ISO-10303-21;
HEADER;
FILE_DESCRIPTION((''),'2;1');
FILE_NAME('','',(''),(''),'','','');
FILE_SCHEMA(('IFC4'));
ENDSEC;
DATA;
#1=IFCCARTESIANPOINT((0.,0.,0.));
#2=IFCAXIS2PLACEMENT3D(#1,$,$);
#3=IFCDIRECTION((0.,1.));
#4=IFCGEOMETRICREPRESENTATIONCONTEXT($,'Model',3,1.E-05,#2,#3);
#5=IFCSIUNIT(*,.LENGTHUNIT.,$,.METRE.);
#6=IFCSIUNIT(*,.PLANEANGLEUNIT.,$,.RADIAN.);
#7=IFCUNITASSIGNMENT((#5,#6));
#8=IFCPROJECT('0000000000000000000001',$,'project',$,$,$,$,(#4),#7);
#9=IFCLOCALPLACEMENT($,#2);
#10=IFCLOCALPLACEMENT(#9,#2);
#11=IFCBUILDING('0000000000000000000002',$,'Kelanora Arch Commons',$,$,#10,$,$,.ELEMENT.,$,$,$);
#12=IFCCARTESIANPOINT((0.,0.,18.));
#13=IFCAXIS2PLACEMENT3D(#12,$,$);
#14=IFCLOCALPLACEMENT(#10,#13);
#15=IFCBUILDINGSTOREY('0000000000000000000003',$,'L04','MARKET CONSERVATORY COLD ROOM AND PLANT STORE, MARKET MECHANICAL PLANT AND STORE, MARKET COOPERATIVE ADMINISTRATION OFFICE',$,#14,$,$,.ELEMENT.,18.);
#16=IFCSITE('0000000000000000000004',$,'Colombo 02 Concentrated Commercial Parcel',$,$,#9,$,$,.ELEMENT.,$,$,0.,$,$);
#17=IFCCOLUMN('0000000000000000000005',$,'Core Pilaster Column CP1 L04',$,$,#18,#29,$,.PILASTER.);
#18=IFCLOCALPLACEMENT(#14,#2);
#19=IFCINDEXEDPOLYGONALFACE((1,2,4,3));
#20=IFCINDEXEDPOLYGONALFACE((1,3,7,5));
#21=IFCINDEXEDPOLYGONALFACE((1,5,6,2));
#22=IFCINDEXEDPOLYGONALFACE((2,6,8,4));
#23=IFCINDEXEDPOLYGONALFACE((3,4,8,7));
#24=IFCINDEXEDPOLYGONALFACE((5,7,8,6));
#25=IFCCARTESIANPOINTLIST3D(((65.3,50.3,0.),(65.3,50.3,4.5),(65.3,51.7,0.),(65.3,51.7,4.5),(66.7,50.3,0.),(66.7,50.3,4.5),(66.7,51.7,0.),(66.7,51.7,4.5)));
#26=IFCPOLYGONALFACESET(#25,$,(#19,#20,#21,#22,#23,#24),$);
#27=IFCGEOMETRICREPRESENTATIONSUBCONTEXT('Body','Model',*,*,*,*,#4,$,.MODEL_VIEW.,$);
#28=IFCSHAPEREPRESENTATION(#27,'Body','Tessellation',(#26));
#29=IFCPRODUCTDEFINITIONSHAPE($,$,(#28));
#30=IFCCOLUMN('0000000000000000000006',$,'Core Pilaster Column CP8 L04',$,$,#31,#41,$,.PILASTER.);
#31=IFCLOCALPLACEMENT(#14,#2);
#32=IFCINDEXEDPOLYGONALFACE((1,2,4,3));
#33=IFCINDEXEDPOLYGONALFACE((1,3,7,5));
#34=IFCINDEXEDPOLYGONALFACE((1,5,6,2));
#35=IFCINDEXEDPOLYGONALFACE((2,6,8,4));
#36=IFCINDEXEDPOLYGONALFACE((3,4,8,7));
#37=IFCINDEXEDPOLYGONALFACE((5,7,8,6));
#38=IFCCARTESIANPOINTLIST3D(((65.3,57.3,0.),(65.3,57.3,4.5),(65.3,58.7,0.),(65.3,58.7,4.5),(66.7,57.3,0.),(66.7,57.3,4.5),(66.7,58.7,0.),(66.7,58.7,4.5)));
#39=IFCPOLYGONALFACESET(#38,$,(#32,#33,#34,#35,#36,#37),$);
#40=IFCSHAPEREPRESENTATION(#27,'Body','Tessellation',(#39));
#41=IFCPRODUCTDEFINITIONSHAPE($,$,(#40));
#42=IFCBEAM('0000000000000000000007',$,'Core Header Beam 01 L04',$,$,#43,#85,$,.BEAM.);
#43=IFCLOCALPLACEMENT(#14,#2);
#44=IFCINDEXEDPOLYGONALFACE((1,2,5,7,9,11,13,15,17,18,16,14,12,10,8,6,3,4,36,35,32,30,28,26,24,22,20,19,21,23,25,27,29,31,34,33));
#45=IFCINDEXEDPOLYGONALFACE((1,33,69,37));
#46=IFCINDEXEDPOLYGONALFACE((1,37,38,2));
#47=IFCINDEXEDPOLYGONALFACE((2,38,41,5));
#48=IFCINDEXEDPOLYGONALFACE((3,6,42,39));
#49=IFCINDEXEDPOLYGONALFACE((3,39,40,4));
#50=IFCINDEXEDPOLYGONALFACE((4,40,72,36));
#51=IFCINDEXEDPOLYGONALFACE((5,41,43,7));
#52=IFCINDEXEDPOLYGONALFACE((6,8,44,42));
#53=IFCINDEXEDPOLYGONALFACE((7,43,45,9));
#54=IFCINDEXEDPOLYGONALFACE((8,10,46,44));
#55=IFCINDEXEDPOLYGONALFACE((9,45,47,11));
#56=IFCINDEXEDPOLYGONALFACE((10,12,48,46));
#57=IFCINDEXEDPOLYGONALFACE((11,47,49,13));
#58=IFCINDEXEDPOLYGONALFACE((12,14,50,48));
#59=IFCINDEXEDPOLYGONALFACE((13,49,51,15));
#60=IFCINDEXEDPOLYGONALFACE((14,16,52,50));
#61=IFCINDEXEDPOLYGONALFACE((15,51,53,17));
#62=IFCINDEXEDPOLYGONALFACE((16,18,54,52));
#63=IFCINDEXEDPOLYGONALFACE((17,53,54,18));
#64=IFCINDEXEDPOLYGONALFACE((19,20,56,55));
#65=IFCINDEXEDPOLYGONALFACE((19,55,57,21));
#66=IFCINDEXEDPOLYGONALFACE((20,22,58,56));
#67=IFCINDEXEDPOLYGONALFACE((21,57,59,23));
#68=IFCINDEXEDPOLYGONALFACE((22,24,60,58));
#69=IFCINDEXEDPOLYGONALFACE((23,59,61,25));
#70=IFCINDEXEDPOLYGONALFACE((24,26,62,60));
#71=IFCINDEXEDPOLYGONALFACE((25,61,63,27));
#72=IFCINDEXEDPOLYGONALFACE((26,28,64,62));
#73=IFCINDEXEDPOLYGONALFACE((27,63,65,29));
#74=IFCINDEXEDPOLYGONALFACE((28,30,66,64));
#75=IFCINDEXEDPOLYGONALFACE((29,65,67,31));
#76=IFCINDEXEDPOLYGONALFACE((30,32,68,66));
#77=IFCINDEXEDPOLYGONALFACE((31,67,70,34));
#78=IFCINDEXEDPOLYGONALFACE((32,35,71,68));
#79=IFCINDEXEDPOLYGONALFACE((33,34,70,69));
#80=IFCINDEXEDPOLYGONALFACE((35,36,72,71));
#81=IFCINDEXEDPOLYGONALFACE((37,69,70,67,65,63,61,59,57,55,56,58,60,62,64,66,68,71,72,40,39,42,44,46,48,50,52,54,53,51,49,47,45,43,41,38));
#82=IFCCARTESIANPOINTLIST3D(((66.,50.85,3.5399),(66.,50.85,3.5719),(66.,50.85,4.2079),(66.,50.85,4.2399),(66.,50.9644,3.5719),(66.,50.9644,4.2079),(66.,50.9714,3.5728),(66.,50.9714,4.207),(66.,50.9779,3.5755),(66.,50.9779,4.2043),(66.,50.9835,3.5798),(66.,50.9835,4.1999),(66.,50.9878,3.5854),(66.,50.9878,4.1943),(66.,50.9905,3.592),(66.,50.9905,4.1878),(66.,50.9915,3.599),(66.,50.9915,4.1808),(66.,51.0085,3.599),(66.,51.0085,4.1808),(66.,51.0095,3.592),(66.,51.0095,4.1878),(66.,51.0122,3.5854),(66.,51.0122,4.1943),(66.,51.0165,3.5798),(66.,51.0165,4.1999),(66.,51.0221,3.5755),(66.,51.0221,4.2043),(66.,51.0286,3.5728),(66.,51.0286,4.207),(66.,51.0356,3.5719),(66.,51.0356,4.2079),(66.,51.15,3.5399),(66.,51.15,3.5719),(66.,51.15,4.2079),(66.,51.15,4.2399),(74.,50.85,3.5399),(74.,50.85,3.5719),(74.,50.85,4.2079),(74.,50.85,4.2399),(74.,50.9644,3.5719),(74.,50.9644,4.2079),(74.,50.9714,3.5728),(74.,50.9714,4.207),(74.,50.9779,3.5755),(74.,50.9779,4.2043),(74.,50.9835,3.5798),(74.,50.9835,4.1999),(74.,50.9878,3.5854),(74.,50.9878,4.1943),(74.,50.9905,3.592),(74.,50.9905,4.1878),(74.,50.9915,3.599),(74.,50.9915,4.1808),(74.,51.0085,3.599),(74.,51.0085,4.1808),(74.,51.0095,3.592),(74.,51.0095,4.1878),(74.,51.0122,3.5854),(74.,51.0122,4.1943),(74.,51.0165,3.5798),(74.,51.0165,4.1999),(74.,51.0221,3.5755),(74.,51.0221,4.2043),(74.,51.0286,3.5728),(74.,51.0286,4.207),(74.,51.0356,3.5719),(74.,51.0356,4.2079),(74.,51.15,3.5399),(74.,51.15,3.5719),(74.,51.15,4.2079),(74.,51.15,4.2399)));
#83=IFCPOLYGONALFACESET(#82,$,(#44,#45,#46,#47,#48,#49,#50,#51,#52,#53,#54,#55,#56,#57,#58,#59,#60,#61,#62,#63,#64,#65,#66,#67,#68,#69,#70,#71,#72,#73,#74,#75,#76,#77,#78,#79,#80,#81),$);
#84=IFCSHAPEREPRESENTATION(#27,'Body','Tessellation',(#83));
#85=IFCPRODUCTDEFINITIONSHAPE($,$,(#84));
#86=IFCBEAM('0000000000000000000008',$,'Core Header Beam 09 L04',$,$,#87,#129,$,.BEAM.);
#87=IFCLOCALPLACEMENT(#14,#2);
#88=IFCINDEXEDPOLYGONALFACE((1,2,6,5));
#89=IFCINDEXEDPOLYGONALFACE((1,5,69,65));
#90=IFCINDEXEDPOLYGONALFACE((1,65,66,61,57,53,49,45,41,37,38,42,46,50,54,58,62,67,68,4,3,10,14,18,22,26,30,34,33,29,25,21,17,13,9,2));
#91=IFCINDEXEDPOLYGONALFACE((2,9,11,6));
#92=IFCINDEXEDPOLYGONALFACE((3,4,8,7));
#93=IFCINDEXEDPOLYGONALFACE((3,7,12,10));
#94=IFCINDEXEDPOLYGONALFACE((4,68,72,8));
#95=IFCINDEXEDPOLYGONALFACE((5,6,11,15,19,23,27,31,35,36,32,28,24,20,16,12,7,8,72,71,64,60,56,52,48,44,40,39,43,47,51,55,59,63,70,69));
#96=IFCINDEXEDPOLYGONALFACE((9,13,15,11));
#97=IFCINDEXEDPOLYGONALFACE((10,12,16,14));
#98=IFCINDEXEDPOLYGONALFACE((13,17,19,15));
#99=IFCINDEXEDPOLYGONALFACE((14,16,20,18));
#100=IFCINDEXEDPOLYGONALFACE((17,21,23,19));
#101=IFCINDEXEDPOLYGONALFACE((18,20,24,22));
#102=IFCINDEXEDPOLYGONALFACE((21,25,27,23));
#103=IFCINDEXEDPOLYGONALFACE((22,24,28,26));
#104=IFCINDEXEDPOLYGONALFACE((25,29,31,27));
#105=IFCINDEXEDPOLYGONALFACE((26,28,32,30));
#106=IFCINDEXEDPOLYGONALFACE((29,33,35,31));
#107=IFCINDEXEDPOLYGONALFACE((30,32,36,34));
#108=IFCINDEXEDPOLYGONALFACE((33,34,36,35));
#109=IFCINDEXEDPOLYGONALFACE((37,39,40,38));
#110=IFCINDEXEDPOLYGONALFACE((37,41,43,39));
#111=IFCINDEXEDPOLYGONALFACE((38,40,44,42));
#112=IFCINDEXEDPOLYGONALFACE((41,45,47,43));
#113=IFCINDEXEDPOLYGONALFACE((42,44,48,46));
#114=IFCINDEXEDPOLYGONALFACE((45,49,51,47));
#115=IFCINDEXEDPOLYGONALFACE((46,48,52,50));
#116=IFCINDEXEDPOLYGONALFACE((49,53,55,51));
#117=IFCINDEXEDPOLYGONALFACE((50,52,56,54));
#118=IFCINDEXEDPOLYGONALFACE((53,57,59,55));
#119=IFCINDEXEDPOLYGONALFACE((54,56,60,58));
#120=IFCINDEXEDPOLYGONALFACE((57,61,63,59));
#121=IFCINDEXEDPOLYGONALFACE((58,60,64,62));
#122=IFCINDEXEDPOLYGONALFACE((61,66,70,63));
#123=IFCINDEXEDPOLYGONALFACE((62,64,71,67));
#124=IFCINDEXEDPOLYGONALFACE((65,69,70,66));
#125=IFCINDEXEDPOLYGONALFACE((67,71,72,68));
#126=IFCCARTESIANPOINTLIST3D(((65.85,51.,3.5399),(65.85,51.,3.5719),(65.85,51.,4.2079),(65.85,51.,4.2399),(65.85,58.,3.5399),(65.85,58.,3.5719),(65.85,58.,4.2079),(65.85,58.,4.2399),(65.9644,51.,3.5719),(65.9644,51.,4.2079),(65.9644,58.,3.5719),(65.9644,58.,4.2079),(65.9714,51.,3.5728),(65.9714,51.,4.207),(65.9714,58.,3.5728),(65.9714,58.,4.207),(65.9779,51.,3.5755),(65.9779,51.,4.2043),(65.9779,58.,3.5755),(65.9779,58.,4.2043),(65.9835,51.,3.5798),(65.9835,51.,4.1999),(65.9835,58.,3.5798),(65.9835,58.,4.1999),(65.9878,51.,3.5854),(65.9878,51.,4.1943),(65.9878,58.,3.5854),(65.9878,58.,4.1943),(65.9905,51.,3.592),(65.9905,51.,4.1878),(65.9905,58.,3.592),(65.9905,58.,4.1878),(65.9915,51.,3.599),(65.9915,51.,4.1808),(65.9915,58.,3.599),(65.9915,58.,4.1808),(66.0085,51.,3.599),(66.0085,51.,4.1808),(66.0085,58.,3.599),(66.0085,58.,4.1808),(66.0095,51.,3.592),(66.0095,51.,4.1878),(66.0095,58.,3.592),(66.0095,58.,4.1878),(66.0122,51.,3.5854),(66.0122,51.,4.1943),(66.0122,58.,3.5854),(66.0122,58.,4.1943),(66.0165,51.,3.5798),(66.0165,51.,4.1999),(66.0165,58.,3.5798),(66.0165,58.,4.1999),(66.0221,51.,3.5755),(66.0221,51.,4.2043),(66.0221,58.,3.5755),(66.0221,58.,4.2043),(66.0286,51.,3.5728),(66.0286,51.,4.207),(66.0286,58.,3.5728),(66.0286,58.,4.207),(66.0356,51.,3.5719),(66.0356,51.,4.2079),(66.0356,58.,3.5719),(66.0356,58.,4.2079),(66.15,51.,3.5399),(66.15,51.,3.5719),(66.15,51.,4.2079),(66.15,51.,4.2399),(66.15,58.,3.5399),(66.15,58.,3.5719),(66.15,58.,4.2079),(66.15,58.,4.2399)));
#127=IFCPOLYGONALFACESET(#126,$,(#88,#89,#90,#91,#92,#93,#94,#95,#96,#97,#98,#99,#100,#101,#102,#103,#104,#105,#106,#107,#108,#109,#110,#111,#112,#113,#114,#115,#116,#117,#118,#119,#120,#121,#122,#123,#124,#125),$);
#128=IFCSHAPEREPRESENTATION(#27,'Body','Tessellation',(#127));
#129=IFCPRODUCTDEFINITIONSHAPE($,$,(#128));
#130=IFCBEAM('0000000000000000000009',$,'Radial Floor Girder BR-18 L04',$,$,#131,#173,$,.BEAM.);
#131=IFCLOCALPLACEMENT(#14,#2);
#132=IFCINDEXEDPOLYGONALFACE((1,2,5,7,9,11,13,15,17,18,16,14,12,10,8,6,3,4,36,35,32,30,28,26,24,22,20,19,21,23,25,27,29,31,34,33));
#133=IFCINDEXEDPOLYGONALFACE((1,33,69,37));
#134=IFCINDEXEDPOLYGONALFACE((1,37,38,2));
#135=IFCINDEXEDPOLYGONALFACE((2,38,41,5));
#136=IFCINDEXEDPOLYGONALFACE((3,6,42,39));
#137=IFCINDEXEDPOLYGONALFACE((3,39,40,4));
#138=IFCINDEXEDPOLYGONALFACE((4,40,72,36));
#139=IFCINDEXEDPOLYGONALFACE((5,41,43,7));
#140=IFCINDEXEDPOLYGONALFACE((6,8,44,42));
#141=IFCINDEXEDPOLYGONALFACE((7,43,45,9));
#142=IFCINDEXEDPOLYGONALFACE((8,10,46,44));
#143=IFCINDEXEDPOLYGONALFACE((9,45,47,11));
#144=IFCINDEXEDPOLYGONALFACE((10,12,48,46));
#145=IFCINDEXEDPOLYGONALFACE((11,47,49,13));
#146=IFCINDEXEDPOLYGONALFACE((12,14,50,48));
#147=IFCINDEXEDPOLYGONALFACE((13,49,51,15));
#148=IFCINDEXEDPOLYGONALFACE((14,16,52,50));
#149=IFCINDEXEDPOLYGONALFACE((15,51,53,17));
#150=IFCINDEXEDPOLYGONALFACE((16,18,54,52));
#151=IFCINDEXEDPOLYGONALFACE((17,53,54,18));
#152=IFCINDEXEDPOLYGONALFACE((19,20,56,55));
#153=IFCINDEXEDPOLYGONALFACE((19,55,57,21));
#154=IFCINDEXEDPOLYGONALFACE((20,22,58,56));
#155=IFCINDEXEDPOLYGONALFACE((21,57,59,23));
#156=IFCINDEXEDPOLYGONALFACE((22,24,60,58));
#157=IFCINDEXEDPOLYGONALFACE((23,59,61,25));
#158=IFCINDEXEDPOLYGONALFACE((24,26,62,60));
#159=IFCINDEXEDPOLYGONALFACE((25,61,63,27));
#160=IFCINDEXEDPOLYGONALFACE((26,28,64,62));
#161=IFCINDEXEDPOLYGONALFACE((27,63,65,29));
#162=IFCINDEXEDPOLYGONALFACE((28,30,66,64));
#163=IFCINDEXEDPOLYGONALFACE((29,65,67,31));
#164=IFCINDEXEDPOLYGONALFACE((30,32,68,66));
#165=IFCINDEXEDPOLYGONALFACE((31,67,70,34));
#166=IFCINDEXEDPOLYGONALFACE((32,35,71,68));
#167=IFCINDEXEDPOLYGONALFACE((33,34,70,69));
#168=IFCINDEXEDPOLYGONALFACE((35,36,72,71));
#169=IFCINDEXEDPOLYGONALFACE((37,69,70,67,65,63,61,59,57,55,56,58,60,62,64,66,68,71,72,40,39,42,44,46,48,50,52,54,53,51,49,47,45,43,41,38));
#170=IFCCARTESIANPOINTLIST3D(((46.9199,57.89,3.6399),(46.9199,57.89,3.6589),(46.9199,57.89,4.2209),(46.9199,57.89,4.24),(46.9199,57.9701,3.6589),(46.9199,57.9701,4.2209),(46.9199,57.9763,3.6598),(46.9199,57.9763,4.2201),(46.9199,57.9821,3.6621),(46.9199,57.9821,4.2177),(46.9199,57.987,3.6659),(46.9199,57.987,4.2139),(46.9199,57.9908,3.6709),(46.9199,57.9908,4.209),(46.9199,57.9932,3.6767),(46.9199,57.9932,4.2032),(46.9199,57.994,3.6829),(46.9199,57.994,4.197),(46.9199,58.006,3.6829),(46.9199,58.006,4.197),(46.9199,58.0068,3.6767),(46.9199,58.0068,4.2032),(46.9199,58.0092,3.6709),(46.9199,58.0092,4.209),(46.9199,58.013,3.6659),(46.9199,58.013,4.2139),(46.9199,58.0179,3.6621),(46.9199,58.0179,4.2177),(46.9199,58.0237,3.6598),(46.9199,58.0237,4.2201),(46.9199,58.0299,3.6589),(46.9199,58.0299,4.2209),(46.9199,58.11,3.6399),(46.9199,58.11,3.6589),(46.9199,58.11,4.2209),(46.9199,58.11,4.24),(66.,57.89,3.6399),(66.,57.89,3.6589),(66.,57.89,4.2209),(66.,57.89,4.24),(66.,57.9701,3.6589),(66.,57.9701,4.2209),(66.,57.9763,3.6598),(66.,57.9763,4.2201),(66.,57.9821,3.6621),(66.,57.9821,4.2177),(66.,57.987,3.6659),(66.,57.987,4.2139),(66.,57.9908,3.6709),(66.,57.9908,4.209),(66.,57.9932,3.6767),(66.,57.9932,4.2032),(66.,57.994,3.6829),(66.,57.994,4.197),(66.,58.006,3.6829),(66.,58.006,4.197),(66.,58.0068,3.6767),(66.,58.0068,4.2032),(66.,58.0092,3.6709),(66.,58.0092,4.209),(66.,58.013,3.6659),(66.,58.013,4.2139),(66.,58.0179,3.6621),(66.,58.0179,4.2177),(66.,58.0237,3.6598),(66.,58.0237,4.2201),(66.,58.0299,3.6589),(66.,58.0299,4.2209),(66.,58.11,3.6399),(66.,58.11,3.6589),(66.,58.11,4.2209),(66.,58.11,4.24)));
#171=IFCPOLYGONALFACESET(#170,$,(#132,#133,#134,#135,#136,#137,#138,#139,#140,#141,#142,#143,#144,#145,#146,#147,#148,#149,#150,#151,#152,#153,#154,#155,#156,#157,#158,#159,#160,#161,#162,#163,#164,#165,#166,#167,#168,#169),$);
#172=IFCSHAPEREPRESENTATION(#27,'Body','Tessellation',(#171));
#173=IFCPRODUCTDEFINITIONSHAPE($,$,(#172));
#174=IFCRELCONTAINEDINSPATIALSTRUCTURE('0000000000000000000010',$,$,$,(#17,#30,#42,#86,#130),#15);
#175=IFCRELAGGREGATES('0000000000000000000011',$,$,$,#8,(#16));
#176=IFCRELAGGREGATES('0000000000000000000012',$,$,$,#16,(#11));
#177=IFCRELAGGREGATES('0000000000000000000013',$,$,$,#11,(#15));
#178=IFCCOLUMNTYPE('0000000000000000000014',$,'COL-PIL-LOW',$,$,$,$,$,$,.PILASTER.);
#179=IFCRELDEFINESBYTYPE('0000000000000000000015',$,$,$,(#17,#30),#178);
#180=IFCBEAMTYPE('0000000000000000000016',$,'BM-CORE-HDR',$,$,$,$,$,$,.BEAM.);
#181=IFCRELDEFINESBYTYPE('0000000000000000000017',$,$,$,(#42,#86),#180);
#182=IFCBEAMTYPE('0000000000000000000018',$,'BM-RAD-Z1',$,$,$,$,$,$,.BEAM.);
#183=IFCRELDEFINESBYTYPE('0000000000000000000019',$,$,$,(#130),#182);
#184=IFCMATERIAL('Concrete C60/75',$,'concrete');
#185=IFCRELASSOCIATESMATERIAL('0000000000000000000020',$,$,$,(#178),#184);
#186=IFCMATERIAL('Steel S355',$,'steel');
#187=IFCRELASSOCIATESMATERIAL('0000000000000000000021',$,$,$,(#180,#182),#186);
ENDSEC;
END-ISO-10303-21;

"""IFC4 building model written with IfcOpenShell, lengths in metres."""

from ifc_helpers import new_model, si_unit, direction, frame, origin, origin_2d, place, context, subcontext, project, spatial, rectangle, i_section, extrude, material, material_profile, profile_set, type_object, element, save


model = new_model("IFC4")

# Units and contexts
model_context = context("Model", 3, precision=1e-05, world=origin(), true_north=direction((0.0, 1.0)))
body_context = subcontext(model_context, "Body", "Model", "MODEL_VIEW")
ifc_project = project(units=[si_unit("LENGTHUNIT", "METRE"), si_unit("PLANEANGLEUNIT", "RADIAN")], contexts=[model_context])

# Site, building, storey
site_placement = place(None, origin())
site = spatial("IfcSite", under=ifc_project, at=site_placement, Name="Colombo 02 Concentrated Commercial Parcel", CompositionType="ELEMENT", RefElevation=0.0)
building_placement = place(site_placement, origin())
building = spatial("IfcBuilding", under=site, at=building_placement, Name="Kelanora Arch Commons", CompositionType="ELEMENT")
storey_placement = place(building_placement, frame((0.0, 0.0, 18.0)))
storey = spatial("IfcBuildingStorey", under=building, at=storey_placement, Name="L04", Description="MARKET CONSERVATORY COLD ROOM AND PLANT STORE, MARKET MECHANICAL PLANT AND STORE, MARKET COOPERATIVE ADMINISTRATION OFFICE", CompositionType="ELEMENT", Elevation=18.0)

# Columns
ifc_material_1 = material(Name="Concrete C60/75", Category="concrete")
ifc_material_profile_1 = material_profile(ifc_material_1, rectangle(XDim=1.3999, YDim=1.3999, at=origin_2d()), Name="RC1400x1400")
ifc_profile_set_1 = profile_set([ifc_material_profile_1], Name="Concrete C60/75")
column_type = type_object("IfcColumnType", Name="COL-PIL-LOW", PredefinedType="PILASTER", material=ifc_profile_set_1)
for number, where, z_axis, x_axis, name in (
    (1, (66.0, 51.0, 0.0), (0.0, 0.0, 1.0), (1.0, 0.0, 0.0), "Core Pilaster Column CP1 L04"),
    (2, (66.0, 58.0, 0.0), (0.0, 0.0, 1.0), (1.0, 0.0, 0.0), "Core Pilaster Column CP8 L04"),
):
    element("IfcColumn", number, at=place(storey_placement, frame(where, z_axis=z_axis, x_axis=x_axis)), inside=storey, type_object=column_type, Name=name, PredefinedType="PILASTER", context=body_context, shape_type="SweptSolid", body=[
        extrude(rectangle(XDim=1.3999, YDim=1.3999, at=origin_2d()), origin(), (0.0, 0.0, 1.0), 4.5),
    ])

# Beams
ifc_material_2 = material(Name="Steel S355", Category="steel")
ifc_material_profile_2 = material_profile(ifc_material_2, i_section(OverallWidth=0.3, OverallDepth=0.7, WebThickness=0.0171, FlangeThickness=0.032, FilletRadius=0.0271, at=origin_2d()), Name="HEB700")
ifc_profile_set_2 = profile_set([ifc_material_profile_2], Name="Steel S355")
beam_type_1 = type_object("IfcBeamType", Name="BM-CORE-HDR", PredefinedType="BEAM", material=ifc_profile_set_2)
beam_1_placement = place(storey_placement, frame((66.0, 51.0, 3.8899), z_axis=(1.0, 0.0, 0.0), x_axis=(0.0, 1.0, 0.0)))
element("IfcBeam", 3, at=beam_1_placement, inside=storey, type_object=beam_type_1, Name="Core Header Beam 01 L04", PredefinedType="BEAM", context=body_context, shape_type="SweptSolid", body=[
    extrude(i_section(OverallWidth=0.3, OverallDepth=0.7, WebThickness=0.0171, FlangeThickness=0.032, FilletRadius=0.0271, at=origin_2d()), origin(), (0.0, 0.0, 1.0), 8.0),
])
beam_2_placement = place(storey_placement, frame((66.0, 58.0, 3.8899), z_axis=(0.0, -1.0, 0.0), x_axis=(1.0, 0.0, 0.0)))
element("IfcBeam", 4, at=beam_2_placement, inside=storey, type_object=beam_type_1, Name="Core Header Beam 09 L04", PredefinedType="BEAM", context=body_context, shape_type="SweptSolid", body=[
    extrude(i_section(OverallWidth=0.3, OverallDepth=0.7, WebThickness=0.0171, FlangeThickness=0.032, FilletRadius=0.0271, at=origin_2d()), origin(), (0.0, 0.0, 1.0), 7.0),
])
ifc_material_profile_3 = material_profile(ifc_material_2, i_section(OverallWidth=0.22, OverallDepth=0.6001, WebThickness=0.012, FlangeThickness=0.019, FilletRadius=0.0239, at=origin_2d()), Name="IPE600")
ifc_profile_set_3 = profile_set([ifc_material_profile_3], Name="Steel S355")
beam_type_2 = type_object("IfcBeamType", Name="BM-RAD-Z1", PredefinedType="BEAM", material=ifc_profile_set_3)
beam_3_placement = place(storey_placement, frame((66.0, 58.0, 3.9399), z_axis=(-1.0, 0.0, 0.0), x_axis=(0.0, -1.0, 0.0)))
element("IfcBeam", 5, at=beam_3_placement, inside=storey, type_object=beam_type_2, Name="Radial Floor Girder BR-18 L04", PredefinedType="BEAM", context=body_context, shape_type="SweptSolid", body=[
    extrude(i_section(OverallWidth=0.22, OverallDepth=0.6001, WebThickness=0.012, FlangeThickness=0.019, FilletRadius=0.0239, at=origin_2d()), origin(), (0.0, 0.0, 1.0), 19.0801),
])

save(model, "model.ifc")
